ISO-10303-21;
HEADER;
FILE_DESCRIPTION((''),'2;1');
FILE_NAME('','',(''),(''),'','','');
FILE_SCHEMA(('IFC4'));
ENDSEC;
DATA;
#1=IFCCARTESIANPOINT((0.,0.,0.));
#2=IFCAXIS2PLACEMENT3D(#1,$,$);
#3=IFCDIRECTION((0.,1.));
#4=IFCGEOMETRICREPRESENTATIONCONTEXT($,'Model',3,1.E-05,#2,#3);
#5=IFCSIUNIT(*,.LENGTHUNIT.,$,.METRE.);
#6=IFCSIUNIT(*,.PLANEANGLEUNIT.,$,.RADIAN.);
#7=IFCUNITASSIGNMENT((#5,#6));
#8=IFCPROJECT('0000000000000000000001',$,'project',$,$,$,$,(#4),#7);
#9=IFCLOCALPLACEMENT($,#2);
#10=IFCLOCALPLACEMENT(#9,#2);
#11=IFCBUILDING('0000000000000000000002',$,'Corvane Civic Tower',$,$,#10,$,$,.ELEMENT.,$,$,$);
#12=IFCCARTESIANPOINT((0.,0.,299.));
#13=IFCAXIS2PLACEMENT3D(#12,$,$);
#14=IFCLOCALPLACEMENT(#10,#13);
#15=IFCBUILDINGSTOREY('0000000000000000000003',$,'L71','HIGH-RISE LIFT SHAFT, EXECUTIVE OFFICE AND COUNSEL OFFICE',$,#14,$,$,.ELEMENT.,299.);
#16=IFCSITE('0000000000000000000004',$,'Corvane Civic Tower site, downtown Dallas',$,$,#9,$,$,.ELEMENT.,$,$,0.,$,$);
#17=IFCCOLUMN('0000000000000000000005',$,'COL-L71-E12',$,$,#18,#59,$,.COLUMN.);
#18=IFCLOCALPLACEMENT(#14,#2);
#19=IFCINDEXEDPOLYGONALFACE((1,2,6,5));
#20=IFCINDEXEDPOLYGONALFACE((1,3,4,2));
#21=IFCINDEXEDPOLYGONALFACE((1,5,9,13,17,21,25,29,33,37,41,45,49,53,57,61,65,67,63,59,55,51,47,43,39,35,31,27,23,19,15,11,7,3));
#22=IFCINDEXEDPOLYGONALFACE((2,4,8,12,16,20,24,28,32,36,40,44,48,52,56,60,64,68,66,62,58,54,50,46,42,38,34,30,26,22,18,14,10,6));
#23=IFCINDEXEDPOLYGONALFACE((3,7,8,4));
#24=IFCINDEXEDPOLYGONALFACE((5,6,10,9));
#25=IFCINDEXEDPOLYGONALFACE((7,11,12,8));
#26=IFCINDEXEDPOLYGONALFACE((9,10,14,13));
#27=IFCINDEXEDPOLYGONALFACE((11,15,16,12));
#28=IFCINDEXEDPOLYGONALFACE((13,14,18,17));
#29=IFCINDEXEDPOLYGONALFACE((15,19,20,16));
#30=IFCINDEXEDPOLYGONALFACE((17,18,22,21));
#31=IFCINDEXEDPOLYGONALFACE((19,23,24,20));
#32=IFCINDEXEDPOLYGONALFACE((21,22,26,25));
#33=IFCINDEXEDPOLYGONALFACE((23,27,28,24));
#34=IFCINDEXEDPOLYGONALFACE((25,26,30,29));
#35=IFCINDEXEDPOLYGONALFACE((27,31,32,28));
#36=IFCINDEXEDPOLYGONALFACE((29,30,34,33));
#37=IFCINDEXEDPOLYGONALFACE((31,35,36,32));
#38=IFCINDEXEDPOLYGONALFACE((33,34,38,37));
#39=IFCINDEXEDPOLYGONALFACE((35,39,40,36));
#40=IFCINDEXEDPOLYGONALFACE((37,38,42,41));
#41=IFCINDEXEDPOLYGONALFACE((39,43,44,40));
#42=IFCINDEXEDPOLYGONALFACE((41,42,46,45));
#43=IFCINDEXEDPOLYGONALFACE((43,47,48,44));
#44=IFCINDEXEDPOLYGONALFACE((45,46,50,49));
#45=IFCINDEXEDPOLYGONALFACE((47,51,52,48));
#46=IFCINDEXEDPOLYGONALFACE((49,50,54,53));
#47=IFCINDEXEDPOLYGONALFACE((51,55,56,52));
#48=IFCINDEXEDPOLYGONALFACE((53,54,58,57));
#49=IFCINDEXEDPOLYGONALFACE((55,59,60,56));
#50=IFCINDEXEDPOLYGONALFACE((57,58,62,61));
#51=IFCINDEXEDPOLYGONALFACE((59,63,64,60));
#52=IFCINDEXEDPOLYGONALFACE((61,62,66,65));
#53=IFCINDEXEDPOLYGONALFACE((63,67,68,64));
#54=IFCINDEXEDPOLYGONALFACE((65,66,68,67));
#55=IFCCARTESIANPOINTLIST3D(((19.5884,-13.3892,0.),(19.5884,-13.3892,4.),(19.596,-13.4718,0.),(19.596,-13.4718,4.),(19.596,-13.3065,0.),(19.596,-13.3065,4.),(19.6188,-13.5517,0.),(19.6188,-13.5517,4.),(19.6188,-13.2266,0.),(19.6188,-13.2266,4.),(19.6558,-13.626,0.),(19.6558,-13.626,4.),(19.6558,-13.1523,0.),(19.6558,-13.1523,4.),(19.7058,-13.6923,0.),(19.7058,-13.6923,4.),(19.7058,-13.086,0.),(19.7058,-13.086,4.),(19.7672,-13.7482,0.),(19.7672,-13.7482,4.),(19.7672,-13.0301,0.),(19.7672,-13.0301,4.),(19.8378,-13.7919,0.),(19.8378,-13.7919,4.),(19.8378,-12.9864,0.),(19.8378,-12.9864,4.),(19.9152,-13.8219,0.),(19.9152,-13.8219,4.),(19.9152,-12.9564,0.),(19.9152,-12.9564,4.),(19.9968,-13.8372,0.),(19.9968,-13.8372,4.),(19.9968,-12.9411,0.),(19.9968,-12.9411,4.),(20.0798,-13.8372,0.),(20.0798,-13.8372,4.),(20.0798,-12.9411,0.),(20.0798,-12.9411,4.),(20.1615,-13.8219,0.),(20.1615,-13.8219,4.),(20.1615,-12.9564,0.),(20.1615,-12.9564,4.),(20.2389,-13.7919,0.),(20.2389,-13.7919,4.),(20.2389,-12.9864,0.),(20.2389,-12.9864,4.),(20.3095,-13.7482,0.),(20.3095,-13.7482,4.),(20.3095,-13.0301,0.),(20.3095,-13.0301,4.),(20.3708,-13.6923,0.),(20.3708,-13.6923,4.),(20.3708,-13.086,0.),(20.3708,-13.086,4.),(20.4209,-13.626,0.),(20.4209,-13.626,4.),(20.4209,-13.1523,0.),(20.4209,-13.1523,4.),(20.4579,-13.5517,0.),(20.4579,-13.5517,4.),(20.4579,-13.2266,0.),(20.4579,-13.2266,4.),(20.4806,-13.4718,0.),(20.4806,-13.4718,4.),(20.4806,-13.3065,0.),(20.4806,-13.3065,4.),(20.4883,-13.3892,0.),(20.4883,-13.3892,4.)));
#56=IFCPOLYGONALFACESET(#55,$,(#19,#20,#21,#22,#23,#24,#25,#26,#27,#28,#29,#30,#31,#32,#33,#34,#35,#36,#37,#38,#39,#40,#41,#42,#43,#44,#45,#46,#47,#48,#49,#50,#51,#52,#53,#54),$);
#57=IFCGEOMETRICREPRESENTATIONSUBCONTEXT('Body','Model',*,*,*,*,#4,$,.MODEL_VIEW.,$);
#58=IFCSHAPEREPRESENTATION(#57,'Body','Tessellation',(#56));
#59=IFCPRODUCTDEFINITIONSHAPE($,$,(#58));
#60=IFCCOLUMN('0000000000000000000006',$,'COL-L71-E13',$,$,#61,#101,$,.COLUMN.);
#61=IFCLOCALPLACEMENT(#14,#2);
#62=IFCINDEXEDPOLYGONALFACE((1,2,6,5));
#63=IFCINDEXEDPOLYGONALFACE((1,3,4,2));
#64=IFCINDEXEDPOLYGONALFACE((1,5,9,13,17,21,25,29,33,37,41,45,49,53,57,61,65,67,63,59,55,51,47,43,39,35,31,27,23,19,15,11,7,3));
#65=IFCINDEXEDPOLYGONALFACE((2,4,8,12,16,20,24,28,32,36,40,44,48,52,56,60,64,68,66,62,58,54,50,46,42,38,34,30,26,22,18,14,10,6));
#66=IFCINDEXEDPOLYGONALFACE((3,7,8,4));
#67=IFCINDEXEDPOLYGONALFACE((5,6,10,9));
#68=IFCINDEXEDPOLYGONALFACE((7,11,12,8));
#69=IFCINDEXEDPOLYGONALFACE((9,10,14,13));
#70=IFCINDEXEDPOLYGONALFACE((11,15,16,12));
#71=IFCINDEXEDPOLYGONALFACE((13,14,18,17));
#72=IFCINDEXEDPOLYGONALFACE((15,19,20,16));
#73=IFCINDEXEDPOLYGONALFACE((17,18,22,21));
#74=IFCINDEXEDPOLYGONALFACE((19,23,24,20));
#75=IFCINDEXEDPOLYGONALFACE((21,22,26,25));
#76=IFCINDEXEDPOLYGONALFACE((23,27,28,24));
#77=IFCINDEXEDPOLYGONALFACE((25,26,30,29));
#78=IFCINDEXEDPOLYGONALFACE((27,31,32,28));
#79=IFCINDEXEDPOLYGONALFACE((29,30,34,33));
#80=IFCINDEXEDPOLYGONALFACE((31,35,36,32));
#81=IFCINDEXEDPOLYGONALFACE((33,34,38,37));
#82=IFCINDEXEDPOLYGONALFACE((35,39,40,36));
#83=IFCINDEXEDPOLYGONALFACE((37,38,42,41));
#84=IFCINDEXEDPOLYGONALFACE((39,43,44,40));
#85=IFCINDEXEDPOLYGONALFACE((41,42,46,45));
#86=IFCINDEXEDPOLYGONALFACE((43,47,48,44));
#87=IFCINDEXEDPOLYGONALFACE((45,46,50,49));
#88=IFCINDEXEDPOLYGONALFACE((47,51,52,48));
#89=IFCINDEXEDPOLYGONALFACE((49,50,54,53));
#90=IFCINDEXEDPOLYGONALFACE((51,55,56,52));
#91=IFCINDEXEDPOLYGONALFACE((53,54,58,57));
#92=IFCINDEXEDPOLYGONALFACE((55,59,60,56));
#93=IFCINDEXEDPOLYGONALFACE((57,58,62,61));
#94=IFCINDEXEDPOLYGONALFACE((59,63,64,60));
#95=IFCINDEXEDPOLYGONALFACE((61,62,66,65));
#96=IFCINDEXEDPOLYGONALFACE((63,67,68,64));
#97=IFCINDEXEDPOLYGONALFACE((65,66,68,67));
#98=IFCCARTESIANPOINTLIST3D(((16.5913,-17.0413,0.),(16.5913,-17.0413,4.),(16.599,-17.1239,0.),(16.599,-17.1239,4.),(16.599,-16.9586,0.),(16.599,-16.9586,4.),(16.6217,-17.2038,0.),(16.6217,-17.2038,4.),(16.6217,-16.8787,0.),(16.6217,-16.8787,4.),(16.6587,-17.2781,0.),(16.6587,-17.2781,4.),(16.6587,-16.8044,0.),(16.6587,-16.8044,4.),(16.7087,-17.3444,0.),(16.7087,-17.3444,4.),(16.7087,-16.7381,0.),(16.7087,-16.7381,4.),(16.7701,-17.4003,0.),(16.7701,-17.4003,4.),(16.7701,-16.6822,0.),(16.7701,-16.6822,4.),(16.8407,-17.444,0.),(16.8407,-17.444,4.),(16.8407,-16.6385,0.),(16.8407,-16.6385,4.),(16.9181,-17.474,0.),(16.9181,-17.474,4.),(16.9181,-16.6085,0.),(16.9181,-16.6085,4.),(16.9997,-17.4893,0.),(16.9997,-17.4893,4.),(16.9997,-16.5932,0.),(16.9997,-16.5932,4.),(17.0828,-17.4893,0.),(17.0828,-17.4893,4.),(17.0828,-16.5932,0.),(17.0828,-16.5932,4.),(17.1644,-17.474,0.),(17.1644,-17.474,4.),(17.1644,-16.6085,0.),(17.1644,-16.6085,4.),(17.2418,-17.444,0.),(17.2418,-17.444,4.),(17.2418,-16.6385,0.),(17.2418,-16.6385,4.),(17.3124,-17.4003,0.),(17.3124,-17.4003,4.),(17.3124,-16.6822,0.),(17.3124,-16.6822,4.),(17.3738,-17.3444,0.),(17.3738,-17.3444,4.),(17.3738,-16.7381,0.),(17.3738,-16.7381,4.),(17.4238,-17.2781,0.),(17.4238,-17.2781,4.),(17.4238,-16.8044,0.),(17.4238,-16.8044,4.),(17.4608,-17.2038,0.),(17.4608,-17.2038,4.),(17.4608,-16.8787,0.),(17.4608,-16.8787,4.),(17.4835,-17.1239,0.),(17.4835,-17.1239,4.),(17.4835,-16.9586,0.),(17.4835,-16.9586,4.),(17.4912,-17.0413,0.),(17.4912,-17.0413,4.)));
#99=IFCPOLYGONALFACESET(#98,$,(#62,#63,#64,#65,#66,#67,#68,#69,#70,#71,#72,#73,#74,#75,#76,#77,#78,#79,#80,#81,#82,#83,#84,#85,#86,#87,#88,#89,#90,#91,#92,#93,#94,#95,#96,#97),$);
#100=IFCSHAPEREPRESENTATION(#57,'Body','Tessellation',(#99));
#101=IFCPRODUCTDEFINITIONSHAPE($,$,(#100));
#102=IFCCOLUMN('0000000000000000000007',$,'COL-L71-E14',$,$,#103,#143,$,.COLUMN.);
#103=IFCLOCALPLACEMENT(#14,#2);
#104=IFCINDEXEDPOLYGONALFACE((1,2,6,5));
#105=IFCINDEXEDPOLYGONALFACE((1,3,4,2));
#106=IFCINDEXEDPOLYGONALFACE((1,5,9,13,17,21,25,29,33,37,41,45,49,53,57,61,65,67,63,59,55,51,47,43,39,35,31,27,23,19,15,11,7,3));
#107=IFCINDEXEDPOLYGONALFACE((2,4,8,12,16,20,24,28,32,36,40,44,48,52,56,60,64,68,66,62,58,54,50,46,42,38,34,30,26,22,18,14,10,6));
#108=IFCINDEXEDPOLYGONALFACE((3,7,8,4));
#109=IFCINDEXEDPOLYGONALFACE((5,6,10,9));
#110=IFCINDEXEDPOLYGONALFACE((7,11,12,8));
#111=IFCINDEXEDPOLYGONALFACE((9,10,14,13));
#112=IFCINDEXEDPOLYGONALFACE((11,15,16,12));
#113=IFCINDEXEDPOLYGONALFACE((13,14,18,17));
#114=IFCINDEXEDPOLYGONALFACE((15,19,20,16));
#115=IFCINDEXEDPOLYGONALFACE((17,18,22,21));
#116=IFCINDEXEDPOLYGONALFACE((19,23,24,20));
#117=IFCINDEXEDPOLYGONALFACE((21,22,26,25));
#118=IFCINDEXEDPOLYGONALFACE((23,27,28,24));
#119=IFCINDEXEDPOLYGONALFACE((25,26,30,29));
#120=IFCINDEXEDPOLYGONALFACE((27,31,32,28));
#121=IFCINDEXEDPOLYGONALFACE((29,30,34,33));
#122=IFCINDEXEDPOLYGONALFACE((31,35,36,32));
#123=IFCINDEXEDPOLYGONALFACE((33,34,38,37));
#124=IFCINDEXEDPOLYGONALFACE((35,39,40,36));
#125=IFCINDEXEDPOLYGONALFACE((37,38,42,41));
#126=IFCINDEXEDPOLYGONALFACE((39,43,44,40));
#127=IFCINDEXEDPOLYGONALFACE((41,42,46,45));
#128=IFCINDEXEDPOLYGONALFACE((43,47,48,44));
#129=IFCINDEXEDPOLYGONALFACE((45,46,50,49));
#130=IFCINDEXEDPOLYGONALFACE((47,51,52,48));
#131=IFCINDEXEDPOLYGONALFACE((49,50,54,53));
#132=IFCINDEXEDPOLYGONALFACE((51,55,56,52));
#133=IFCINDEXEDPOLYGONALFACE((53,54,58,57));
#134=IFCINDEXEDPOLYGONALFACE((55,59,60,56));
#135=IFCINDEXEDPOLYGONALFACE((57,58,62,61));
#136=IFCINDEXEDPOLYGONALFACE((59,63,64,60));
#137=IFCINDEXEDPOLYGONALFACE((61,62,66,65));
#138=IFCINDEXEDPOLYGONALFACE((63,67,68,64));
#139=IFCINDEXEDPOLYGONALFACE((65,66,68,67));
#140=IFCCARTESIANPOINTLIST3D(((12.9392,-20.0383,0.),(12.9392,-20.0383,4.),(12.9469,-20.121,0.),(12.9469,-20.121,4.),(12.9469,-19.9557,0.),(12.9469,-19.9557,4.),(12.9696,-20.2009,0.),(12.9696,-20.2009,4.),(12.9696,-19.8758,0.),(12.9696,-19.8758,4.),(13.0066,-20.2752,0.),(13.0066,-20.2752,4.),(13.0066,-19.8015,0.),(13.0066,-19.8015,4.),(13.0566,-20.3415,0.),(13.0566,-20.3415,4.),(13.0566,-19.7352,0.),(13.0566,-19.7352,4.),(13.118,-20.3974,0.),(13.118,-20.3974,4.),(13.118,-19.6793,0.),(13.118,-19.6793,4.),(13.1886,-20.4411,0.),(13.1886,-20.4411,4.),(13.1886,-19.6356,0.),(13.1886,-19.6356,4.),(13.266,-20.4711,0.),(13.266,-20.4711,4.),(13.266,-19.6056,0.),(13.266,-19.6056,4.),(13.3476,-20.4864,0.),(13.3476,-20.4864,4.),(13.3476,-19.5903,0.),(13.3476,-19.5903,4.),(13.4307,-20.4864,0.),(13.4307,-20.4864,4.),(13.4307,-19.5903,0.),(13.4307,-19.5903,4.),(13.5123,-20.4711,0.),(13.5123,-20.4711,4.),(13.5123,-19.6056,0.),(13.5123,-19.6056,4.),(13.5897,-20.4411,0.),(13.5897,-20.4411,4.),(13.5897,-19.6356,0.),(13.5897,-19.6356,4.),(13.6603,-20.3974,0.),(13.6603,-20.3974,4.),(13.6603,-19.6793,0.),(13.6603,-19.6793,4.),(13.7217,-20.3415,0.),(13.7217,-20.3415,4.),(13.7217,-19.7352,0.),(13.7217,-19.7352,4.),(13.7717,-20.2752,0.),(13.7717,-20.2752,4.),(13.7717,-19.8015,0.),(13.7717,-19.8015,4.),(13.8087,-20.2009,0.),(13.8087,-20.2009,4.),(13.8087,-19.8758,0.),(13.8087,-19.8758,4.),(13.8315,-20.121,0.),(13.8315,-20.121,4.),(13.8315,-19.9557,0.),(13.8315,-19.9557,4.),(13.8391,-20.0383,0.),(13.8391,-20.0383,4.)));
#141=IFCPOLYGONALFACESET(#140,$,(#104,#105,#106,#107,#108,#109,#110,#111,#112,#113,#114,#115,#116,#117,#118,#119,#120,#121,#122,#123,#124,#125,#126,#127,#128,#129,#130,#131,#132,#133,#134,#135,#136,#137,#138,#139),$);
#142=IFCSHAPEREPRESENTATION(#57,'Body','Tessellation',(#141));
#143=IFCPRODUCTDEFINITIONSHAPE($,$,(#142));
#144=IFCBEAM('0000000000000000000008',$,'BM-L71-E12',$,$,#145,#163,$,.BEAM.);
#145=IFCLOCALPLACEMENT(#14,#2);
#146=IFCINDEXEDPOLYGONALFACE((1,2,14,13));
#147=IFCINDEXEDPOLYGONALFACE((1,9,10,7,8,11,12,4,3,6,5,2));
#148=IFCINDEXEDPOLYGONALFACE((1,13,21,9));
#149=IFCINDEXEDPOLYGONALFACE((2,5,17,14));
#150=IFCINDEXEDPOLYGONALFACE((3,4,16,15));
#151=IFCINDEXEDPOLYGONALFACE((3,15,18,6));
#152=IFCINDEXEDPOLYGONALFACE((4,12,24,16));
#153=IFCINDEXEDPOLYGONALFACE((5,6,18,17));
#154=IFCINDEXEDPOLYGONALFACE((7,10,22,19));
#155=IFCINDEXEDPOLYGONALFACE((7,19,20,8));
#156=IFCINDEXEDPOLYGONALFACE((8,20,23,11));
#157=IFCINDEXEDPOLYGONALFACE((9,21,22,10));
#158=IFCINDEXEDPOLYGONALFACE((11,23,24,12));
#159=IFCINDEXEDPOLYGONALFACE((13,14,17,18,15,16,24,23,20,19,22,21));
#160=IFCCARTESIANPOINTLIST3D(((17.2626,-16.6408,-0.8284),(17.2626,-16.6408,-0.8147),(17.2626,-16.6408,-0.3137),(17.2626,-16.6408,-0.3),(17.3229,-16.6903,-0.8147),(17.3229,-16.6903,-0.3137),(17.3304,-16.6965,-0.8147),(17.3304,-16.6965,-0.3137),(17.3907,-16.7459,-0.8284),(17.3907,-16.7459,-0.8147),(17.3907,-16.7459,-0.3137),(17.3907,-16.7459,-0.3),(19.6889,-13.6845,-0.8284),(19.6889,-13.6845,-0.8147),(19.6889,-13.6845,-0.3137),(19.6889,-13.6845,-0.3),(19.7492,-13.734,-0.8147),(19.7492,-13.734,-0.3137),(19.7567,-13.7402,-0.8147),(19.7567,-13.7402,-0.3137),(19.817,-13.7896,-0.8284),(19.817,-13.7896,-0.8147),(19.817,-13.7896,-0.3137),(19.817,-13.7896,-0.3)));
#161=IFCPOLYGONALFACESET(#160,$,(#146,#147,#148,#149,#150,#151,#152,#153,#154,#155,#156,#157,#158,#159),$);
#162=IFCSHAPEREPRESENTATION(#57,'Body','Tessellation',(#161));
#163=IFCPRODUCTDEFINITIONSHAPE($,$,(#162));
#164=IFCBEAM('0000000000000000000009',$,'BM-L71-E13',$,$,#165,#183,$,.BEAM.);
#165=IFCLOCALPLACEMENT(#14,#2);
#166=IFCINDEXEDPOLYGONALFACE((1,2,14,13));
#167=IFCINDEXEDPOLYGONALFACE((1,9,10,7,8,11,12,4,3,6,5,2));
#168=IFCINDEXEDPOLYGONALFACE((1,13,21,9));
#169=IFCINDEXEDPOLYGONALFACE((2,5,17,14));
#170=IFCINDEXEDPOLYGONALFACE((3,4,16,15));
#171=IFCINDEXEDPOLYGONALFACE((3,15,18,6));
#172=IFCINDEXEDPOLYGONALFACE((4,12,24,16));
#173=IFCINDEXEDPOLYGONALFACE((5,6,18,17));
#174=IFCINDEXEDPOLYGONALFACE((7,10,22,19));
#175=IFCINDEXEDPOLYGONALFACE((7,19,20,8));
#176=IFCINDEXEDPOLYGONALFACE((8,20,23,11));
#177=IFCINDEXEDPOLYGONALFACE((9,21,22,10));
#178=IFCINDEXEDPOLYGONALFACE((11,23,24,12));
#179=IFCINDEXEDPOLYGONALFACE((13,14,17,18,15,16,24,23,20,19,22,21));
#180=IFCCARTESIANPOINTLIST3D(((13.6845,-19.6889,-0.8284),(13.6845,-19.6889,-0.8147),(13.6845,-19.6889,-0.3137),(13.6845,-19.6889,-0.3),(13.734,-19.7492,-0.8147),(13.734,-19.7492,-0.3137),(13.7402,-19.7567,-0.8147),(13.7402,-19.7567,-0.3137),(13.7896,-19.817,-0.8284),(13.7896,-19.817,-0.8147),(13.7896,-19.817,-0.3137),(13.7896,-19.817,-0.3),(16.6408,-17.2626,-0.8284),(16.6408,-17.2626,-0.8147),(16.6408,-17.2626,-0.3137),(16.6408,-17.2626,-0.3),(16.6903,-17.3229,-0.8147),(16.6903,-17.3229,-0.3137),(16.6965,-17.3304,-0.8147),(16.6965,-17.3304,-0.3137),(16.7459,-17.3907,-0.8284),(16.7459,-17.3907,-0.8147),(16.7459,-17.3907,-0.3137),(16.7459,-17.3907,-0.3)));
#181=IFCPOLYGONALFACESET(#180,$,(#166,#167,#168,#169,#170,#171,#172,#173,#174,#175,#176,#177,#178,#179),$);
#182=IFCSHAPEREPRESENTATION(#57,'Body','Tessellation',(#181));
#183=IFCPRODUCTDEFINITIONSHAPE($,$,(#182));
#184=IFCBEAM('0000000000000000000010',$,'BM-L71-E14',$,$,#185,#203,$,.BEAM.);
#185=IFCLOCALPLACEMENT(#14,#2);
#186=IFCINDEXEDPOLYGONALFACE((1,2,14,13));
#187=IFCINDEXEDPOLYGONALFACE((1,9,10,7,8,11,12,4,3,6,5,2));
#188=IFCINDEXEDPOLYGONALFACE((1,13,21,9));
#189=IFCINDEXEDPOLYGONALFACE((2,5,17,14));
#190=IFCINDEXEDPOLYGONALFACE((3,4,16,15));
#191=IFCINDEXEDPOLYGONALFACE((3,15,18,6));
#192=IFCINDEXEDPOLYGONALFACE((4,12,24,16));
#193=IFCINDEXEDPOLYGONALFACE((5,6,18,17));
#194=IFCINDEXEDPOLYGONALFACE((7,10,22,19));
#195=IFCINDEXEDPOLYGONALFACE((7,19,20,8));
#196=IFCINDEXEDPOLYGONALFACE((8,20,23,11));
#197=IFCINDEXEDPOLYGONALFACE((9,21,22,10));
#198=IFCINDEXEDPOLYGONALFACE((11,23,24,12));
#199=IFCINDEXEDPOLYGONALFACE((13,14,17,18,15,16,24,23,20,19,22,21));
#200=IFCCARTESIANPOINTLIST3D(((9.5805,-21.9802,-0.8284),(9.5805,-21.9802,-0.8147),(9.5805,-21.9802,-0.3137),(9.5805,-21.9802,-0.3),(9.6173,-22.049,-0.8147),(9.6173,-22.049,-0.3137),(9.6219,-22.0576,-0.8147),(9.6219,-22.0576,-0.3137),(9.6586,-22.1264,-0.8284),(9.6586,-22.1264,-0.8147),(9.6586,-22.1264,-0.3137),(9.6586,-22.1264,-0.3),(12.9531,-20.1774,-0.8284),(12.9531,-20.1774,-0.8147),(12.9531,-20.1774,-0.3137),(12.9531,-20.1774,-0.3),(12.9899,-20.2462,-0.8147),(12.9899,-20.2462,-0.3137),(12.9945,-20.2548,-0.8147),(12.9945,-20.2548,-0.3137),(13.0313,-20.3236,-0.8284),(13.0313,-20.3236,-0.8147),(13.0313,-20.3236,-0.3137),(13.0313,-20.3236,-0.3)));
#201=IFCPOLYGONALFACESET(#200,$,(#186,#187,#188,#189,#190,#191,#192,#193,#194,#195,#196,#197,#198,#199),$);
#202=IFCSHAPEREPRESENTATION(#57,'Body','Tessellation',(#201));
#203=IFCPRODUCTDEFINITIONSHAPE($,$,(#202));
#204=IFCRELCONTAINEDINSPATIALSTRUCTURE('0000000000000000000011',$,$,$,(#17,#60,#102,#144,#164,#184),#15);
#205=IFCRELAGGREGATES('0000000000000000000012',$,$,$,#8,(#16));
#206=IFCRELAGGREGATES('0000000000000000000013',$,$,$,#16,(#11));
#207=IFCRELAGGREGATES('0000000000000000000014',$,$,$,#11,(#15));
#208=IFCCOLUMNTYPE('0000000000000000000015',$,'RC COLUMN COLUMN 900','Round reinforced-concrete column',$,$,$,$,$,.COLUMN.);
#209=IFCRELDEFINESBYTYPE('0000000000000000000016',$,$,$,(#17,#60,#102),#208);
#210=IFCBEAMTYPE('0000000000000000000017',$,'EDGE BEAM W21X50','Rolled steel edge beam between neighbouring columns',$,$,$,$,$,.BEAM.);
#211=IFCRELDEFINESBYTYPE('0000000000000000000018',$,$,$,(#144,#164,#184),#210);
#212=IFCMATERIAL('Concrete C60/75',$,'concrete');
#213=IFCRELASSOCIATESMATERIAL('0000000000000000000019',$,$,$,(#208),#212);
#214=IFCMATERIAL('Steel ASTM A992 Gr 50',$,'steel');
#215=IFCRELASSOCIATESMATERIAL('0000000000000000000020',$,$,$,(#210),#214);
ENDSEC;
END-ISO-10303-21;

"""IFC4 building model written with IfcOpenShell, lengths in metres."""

from ifc_helpers import new_model, si_unit, direction, frame, origin, origin_2d, place, context, subcontext, project, spatial, circle, i_section, extrude, material, material_profile, profile_set, type_object, element, save


model = new_model("IFC4")

# Units and contexts
model_context = context("Model", 3, precision=1e-05, world=origin(), true_north=direction((0.0, 1.0)))
body_context = subcontext(model_context, "Body", "Model", "MODEL_VIEW")
ifc_project = project(units=[si_unit("LENGTHUNIT", "METRE"), si_unit("PLANEANGLEUNIT", "RADIAN")], contexts=[model_context])

# Site, building, storey
site_placement = place(None, origin())
site = spatial("IfcSite", under=ifc_project, at=site_placement, Name="Corvane Civic Tower site, downtown Dallas", CompositionType="ELEMENT", RefElevation=0.0)
building_placement = place(site_placement, origin())
building = spatial("IfcBuilding", under=site, at=building_placement, Name="Corvane Civic Tower", CompositionType="ELEMENT")
storey_placement = place(building_placement, frame((0.0, 0.0, 299.0)))
storey = spatial("IfcBuildingStorey", under=building, at=storey_placement, Name="L71", Description="HIGH-RISE LIFT SHAFT, EXECUTIVE OFFICE AND COUNSEL OFFICE", CompositionType="ELEMENT", Elevation=299.0)

# Columns
ifc_material_1 = material(Name="Concrete C60/75", Category="concrete")
ifc_material_profile_1 = material_profile(ifc_material_1, circle(Radius=0.45, at=origin_2d()), Name="COLUMN 900")
ifc_profile_set_1 = profile_set([ifc_material_profile_1], Name="Concrete C60/75")
column_type = type_object("IfcColumnType", Name="RC COLUMN COLUMN 900", Description="Round reinforced-concrete column", PredefinedType="COLUMN", material=ifc_profile_set_1)
for number, where, z_axis, x_axis, name in (
    (1, (20.0383, -13.3892, 0.0), (0.0, 0.0, 1.0), (1.0, 0.0, 0.0), "COL-L71-E12"),
    (2, (17.0413, -17.0413, 0.0), (0.0, 0.0, 1.0), (1.0, 0.0, 0.0), "COL-L71-E13"),
    (3, (13.3892, -20.0383, 0.0), (0.0, 0.0, 1.0), (1.0, 0.0, 0.0), "COL-L71-E14"),
):
    element("IfcColumn", number, at=place(storey_placement, frame(where, z_axis=z_axis, x_axis=x_axis)), inside=storey, type_object=column_type, Name=name, PredefinedType="COLUMN", context=body_context, shape_type="SweptSolid", body=[
        extrude(circle(Radius=0.45, at=origin_2d()), origin(), (0.0, 0.0, 1.0), 4.0),
    ])

# Beams
ifc_material_2 = material(Name="Steel ASTM A992 Gr 50", Category="steel")
ifc_material_profile_2 = material_profile(ifc_material_2, i_section(OverallWidth=0.1658, OverallDepth=0.5283, WebThickness=0.0098, FlangeThickness=0.0137, at=origin_2d()), Name="W21X50")
ifc_profile_set_2 = profile_set([ifc_material_profile_2], Name="Steel ASTM A992 Gr 50")
beam_type_1 = type_object("IfcBeamType", Name="EDGE BEAM W21X50", Description="Rolled steel edge beam between neighbouring columns", PredefinedType="BEAM", material=ifc_profile_set_2)
for number, where, z_axis, x_axis, name in (
    (4, (19.7529, -13.7371, -0.5642), (-0.634409, -0.772998, 0.0), (0.772998, -0.634409, 0.0), "BM-L71-E12"),
    (5, (16.6934, -17.3267, -0.5642), (-0.772998, -0.634409, 0.0), (0.634409, -0.772998, 0.0), "BM-L71-E13"),
):
    element("IfcBeam", number, at=place(storey_placement, frame(where, z_axis=z_axis, x_axis=x_axis)), inside=storey, type_object=beam_type_1, Name=name, PredefinedType="BEAM", context=body_context, shape_type="SweptSolid", body=[
        extrude(i_section(OverallWidth=0.1658, OverallDepth=0.5283, WebThickness=0.0098, FlangeThickness=0.0137, at=origin_2d()), origin(), (0.0, 0.0, 1.0), 3.8245),
    ])
beam_1_placement = place(storey_placement, frame((12.9922, -20.2505, -0.5642), z_axis=(-0.881914, -0.47141, 0.0), x_axis=(0.47141, -0.881914, 0.0)))
element("IfcBeam", 6, at=beam_1_placement, inside=storey, type_object=beam_type_1, Name="BM-L71-E14", PredefinedType="BEAM", context=body_context, shape_type="SweptSolid", body=[
    extrude(i_section(OverallWidth=0.1658, OverallDepth=0.5283, WebThickness=0.0098, FlangeThickness=0.0137, at=origin_2d()), origin(), (0.0, 0.0, 1.0), 3.8242),
])

save(model, "model.ifc")
